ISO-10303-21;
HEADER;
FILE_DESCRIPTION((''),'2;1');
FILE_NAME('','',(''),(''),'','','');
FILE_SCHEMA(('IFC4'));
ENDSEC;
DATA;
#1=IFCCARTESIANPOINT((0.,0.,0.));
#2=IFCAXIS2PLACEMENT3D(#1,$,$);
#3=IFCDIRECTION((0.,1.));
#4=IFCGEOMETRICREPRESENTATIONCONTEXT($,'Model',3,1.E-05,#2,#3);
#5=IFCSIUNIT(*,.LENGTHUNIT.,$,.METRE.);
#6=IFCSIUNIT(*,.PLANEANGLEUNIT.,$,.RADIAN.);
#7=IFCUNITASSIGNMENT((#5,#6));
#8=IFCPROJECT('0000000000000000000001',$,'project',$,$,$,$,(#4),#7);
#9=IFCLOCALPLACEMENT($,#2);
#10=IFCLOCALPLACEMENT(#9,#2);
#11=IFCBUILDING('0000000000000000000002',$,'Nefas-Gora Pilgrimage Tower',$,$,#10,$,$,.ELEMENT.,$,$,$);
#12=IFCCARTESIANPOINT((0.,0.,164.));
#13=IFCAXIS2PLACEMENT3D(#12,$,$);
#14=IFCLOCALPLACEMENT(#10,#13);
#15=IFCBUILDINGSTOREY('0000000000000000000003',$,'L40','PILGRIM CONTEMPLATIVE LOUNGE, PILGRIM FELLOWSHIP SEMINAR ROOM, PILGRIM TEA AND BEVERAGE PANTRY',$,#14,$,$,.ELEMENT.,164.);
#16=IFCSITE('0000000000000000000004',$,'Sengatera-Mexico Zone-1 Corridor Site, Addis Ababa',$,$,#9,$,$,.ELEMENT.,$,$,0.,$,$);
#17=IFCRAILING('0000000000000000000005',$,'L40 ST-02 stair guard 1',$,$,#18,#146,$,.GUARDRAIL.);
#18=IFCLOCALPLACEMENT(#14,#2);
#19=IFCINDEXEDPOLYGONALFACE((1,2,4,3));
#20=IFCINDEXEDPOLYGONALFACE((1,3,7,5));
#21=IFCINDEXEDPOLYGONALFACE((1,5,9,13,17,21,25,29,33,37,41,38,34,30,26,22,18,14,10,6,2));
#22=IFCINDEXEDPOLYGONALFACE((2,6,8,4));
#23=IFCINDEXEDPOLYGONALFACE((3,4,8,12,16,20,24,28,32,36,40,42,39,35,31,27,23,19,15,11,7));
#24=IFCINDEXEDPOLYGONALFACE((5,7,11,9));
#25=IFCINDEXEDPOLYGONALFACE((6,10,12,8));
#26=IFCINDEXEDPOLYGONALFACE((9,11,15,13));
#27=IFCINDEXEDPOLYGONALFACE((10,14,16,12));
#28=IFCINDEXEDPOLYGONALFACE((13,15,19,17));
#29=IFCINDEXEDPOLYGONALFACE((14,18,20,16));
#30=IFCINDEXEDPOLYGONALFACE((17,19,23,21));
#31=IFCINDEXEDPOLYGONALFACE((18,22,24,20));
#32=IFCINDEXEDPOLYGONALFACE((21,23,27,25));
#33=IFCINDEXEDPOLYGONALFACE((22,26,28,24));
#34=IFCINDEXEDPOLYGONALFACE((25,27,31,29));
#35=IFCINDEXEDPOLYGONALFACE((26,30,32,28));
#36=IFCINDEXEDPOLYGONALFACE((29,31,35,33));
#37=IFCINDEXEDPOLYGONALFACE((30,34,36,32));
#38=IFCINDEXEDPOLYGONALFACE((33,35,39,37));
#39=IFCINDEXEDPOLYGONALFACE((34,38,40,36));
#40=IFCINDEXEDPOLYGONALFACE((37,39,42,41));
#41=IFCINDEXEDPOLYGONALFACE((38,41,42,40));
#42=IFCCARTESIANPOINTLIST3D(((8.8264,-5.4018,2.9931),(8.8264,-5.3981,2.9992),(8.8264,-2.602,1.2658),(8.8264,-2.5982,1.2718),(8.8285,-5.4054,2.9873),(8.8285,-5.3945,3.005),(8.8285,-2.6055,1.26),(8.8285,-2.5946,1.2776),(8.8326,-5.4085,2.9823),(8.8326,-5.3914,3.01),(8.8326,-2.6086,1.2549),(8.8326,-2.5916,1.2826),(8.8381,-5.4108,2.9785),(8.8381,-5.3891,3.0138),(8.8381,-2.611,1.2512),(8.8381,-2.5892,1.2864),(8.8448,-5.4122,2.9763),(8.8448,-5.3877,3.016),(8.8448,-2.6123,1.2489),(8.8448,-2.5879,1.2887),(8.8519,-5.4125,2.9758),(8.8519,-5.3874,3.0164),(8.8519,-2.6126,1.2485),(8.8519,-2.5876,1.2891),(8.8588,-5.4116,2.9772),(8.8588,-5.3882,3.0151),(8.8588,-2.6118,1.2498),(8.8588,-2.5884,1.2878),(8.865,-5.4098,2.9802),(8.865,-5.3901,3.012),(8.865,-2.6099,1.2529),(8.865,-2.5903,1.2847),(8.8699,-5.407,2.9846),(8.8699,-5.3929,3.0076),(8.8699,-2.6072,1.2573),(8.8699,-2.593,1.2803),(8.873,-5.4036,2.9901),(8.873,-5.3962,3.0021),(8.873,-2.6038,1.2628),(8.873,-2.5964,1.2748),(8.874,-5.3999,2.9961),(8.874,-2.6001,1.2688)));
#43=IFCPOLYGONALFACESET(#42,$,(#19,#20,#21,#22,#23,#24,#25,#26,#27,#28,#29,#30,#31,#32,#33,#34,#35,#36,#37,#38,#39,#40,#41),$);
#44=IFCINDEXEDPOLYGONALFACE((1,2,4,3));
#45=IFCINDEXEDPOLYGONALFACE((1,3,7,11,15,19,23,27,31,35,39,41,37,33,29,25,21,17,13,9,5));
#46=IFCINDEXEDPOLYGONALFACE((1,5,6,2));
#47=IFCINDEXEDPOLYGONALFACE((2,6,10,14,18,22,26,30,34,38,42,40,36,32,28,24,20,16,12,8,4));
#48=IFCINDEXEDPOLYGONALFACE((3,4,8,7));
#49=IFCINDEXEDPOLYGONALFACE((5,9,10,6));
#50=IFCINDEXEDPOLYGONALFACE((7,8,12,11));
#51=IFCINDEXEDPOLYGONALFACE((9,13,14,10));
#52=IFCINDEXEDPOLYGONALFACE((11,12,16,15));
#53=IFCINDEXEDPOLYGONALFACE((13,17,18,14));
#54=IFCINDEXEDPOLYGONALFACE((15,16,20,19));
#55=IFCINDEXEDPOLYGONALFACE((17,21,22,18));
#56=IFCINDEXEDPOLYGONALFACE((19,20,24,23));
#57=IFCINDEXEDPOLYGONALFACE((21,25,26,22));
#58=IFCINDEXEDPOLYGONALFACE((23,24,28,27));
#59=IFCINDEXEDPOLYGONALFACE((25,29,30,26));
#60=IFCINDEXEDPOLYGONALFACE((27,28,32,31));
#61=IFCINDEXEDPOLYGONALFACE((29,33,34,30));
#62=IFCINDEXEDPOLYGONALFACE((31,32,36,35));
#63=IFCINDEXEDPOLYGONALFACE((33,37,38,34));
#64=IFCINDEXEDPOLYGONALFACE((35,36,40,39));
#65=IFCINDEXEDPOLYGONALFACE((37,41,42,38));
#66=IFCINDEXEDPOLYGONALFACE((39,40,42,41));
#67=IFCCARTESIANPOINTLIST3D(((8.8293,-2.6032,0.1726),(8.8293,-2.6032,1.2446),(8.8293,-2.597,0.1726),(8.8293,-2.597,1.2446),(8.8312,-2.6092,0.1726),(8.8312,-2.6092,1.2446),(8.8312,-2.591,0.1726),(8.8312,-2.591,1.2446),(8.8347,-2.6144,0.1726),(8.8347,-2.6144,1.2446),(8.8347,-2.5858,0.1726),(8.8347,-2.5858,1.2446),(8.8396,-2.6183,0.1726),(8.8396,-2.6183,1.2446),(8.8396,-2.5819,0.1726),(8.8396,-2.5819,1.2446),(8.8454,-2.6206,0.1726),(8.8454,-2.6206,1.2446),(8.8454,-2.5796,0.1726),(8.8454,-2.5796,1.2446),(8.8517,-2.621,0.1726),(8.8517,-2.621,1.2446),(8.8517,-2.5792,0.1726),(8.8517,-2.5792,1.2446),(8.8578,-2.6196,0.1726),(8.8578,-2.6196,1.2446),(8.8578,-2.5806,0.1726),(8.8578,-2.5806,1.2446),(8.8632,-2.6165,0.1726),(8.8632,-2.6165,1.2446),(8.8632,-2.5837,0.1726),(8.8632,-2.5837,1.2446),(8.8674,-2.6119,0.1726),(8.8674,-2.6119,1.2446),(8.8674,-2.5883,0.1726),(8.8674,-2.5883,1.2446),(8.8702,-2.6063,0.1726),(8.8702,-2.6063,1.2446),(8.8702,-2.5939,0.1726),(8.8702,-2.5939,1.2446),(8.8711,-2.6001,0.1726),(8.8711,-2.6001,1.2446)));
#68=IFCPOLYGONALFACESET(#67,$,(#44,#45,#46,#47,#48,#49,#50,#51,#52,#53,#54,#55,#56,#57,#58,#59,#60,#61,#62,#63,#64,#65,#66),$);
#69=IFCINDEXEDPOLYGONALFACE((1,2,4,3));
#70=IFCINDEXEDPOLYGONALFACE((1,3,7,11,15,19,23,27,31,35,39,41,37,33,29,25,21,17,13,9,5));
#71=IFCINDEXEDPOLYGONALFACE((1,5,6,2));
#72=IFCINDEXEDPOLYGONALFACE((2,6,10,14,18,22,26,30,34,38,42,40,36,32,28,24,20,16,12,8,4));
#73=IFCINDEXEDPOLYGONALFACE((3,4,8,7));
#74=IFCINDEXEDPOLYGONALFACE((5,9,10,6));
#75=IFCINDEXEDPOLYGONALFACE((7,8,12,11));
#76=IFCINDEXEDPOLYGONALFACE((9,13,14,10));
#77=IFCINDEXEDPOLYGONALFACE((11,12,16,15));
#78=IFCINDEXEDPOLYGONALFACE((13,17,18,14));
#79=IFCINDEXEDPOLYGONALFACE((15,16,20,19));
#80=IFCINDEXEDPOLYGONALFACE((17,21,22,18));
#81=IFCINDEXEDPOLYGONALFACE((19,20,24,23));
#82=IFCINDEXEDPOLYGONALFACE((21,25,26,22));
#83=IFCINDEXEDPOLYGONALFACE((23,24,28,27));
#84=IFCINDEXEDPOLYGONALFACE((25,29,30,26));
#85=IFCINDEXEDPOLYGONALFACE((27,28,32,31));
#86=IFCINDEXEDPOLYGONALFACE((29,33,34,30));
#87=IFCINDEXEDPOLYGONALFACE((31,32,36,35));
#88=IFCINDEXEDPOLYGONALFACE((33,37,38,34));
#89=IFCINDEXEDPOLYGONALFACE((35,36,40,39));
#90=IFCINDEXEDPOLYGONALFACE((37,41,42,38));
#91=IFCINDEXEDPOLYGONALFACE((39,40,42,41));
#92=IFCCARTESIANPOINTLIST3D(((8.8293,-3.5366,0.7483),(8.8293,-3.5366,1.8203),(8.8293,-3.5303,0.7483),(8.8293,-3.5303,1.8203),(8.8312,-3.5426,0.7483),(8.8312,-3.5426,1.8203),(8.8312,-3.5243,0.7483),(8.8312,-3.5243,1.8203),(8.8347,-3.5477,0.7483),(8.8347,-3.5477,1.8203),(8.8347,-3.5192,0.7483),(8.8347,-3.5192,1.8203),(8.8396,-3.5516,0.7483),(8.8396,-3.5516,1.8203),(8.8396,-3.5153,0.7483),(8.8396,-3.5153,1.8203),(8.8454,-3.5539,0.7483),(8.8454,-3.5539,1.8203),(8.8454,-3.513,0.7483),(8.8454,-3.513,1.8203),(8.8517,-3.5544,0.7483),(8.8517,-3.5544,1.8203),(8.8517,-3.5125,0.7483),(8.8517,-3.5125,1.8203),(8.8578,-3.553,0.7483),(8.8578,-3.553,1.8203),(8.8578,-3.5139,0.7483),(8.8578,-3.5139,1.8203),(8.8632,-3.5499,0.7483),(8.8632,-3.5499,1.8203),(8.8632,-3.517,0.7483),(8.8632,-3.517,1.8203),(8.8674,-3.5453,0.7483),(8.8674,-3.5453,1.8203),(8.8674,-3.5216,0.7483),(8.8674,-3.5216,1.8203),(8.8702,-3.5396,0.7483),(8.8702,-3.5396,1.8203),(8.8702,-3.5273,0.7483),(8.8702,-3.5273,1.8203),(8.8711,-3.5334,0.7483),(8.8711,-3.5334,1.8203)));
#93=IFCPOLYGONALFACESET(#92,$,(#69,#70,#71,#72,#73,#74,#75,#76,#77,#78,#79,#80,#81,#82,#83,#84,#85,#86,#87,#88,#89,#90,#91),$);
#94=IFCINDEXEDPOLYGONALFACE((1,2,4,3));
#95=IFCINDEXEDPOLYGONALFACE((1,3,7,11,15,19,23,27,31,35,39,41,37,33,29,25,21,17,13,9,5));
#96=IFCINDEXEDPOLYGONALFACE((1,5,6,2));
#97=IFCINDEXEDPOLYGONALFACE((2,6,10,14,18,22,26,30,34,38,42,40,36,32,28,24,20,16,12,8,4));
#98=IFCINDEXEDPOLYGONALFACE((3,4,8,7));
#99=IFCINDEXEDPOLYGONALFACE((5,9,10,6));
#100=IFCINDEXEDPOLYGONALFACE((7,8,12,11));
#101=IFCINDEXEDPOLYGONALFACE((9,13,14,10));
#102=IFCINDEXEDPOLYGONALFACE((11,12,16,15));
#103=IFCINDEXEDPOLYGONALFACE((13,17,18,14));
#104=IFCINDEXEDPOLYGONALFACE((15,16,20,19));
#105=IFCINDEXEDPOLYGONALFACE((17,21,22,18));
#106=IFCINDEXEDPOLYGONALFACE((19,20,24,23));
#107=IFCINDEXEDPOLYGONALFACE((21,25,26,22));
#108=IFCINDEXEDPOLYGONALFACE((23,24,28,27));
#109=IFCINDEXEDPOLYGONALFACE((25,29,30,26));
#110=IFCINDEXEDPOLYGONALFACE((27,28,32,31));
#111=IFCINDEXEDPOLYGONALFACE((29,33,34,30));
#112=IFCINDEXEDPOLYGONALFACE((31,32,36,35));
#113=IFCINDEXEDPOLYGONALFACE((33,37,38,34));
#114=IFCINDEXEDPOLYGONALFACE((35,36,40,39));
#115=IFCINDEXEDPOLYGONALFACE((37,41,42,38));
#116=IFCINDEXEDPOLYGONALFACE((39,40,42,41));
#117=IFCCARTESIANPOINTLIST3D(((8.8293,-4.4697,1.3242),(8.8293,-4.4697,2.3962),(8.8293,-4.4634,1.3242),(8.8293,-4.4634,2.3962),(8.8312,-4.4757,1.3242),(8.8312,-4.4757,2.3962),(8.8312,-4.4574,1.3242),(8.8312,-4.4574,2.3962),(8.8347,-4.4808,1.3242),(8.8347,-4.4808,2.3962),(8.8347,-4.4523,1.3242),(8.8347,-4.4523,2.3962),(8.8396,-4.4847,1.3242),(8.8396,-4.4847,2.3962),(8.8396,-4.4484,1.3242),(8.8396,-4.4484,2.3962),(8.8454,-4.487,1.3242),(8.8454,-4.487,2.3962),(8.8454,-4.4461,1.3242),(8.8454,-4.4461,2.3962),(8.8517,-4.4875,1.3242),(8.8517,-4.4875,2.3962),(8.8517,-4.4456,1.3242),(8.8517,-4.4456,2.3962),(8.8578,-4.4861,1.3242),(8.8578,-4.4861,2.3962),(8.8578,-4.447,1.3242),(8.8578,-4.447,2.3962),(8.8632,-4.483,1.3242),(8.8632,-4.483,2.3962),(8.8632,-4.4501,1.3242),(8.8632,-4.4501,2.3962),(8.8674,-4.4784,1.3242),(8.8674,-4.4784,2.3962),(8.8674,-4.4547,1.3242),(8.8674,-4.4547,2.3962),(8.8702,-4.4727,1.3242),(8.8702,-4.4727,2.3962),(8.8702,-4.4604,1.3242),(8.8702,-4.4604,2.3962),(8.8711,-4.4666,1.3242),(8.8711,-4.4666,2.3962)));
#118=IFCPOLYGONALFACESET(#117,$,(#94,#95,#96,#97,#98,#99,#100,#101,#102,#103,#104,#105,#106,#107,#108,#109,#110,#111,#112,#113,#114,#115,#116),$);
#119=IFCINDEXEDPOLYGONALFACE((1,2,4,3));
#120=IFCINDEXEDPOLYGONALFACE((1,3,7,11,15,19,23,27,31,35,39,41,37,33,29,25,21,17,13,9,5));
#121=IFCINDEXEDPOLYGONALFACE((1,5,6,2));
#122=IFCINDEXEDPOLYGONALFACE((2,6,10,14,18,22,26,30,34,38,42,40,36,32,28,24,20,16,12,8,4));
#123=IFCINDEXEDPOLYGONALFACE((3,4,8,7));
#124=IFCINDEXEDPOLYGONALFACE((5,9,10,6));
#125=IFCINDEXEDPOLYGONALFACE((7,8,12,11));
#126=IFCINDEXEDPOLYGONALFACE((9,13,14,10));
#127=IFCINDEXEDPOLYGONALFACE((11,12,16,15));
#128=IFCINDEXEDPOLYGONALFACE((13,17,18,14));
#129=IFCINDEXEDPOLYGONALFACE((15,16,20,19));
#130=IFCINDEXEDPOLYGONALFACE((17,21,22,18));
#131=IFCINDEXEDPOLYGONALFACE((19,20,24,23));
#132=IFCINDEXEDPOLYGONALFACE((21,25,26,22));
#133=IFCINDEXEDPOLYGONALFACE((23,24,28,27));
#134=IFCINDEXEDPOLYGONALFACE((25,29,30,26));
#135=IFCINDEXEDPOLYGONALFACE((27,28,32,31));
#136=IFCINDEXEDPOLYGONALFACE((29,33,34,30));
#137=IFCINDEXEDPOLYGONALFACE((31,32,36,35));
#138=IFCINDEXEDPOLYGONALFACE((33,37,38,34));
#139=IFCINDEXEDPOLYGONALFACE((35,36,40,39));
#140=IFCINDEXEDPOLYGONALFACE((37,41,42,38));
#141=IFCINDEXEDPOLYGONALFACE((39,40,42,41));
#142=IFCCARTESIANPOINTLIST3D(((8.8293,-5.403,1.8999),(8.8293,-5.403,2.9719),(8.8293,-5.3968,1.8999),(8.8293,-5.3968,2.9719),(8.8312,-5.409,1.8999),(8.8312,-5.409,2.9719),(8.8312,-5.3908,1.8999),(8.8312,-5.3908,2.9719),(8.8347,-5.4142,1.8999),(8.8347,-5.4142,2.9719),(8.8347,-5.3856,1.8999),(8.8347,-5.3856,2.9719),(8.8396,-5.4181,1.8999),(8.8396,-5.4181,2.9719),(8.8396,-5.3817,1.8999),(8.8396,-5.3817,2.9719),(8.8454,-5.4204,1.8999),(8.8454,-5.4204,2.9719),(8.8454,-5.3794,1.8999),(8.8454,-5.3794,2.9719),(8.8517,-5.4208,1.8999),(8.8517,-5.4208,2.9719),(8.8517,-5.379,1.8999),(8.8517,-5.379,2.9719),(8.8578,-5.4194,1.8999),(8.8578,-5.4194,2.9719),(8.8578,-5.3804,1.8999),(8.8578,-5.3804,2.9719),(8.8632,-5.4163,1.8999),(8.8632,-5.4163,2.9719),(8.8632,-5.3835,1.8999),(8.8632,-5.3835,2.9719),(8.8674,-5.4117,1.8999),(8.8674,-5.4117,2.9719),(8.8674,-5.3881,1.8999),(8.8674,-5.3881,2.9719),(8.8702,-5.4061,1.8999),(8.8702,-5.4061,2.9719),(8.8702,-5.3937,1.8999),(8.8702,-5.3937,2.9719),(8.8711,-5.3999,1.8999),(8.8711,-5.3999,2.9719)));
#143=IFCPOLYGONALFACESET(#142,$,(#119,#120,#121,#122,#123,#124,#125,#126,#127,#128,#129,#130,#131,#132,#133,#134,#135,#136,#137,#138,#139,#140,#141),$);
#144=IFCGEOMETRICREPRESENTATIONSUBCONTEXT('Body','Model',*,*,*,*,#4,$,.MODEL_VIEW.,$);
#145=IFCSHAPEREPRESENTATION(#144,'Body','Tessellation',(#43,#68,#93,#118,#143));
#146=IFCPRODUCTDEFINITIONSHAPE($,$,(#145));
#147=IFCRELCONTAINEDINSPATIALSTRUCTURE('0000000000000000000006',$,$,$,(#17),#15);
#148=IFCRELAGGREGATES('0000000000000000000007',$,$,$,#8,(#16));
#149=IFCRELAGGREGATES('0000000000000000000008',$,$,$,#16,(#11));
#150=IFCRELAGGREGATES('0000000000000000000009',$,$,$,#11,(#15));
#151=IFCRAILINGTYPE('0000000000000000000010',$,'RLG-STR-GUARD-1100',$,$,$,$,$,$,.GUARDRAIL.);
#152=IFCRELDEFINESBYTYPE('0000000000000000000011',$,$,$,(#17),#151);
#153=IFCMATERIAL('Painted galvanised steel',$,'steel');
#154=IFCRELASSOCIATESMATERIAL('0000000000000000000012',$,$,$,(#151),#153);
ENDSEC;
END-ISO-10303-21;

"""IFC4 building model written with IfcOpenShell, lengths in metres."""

from ifc_helpers import new_model, si_unit, direction, frame, origin, origin_2d, place, context, subcontext, project, spatial, circle, extrude, material, type_object, element, save


model = new_model("IFC4")

# Units and contexts
model_context = context("Model", 3, precision=1e-05, world=origin(), true_north=direction((0.0, 1.0)))
body_context = subcontext(model_context, "Body", "Model", "MODEL_VIEW")
ifc_project = project(units=[si_unit("LENGTHUNIT", "METRE"), si_unit("PLANEANGLEUNIT", "RADIAN")], contexts=[model_context])

# Site, building, storey
site_placement = place(None, origin())
site = spatial("IfcSite", under=ifc_project, at=site_placement, Name="Sengatera-Mexico Zone-1 Corridor Site, Addis Ababa", CompositionType="ELEMENT", RefElevation=0.0)
building_placement = place(site_placement, origin())
building = spatial("IfcBuilding", under=site, at=building_placement, Name="Nefas-Gora Pilgrimage Tower", CompositionType="ELEMENT")
storey_placement = place(building_placement, frame((0.0, 0.0, 164.0)))
storey = spatial("IfcBuildingStorey", under=building, at=storey_placement, Name="L40", Description="PILGRIM CONTEMPLATIVE LOUNGE, PILGRIM FELLOWSHIP SEMINAR ROOM, PILGRIM TEA AND BEVERAGE PANTRY", CompositionType="ELEMENT", Elevation=164.0)

# Railing
ifc_material_1 = material(Name="Painted galvanised steel", Category="steel")
railing_type_1 = type_object("IfcRailingType", Name="RLG-STR-GUARD-1100", PredefinedType="GUARDRAIL", material=ifc_material_1)
railing_1_placement = place(storey_placement, frame((8.8501, -2.6001, 0.1726)))
element("IfcRailing", 1, at=railing_1_placement, inside=storey, type_object=railing_type_1, Name="L40 ST-02 stair guard 1", PredefinedType="GUARDRAIL", context=body_context, shape_type="SweptSolid", body=[
    extrude(circle(Radius=0.0239, at=origin_2d()), frame((0.0, 0.0, 1.0962), z_axis=(0.0, -0.851069, 0.525054), x_axis=(1.0, 0.0, 0.0)), (0.0, 0.0, 1.0), 3.2898),
    extrude(circle(Radius=0.021, at=origin_2d()), origin(), (0.0, 0.0, 1.0), 1.072),
    extrude(circle(Radius=0.021, at=origin_2d()), frame((0.0, -0.9333, 0.5757)), (0.0, 0.0, 1.0), 1.072),
    extrude(circle(Radius=0.021, at=origin_2d()), frame((0.0, -1.8665, 1.1516)), (0.0, 0.0, 1.0), 1.072),
    extrude(circle(Radius=0.021, at=origin_2d()), frame((0.0, -2.7998, 1.7273)), (0.0, 0.0, 1.0), 1.072),
])

save(model, "model.ifc")
